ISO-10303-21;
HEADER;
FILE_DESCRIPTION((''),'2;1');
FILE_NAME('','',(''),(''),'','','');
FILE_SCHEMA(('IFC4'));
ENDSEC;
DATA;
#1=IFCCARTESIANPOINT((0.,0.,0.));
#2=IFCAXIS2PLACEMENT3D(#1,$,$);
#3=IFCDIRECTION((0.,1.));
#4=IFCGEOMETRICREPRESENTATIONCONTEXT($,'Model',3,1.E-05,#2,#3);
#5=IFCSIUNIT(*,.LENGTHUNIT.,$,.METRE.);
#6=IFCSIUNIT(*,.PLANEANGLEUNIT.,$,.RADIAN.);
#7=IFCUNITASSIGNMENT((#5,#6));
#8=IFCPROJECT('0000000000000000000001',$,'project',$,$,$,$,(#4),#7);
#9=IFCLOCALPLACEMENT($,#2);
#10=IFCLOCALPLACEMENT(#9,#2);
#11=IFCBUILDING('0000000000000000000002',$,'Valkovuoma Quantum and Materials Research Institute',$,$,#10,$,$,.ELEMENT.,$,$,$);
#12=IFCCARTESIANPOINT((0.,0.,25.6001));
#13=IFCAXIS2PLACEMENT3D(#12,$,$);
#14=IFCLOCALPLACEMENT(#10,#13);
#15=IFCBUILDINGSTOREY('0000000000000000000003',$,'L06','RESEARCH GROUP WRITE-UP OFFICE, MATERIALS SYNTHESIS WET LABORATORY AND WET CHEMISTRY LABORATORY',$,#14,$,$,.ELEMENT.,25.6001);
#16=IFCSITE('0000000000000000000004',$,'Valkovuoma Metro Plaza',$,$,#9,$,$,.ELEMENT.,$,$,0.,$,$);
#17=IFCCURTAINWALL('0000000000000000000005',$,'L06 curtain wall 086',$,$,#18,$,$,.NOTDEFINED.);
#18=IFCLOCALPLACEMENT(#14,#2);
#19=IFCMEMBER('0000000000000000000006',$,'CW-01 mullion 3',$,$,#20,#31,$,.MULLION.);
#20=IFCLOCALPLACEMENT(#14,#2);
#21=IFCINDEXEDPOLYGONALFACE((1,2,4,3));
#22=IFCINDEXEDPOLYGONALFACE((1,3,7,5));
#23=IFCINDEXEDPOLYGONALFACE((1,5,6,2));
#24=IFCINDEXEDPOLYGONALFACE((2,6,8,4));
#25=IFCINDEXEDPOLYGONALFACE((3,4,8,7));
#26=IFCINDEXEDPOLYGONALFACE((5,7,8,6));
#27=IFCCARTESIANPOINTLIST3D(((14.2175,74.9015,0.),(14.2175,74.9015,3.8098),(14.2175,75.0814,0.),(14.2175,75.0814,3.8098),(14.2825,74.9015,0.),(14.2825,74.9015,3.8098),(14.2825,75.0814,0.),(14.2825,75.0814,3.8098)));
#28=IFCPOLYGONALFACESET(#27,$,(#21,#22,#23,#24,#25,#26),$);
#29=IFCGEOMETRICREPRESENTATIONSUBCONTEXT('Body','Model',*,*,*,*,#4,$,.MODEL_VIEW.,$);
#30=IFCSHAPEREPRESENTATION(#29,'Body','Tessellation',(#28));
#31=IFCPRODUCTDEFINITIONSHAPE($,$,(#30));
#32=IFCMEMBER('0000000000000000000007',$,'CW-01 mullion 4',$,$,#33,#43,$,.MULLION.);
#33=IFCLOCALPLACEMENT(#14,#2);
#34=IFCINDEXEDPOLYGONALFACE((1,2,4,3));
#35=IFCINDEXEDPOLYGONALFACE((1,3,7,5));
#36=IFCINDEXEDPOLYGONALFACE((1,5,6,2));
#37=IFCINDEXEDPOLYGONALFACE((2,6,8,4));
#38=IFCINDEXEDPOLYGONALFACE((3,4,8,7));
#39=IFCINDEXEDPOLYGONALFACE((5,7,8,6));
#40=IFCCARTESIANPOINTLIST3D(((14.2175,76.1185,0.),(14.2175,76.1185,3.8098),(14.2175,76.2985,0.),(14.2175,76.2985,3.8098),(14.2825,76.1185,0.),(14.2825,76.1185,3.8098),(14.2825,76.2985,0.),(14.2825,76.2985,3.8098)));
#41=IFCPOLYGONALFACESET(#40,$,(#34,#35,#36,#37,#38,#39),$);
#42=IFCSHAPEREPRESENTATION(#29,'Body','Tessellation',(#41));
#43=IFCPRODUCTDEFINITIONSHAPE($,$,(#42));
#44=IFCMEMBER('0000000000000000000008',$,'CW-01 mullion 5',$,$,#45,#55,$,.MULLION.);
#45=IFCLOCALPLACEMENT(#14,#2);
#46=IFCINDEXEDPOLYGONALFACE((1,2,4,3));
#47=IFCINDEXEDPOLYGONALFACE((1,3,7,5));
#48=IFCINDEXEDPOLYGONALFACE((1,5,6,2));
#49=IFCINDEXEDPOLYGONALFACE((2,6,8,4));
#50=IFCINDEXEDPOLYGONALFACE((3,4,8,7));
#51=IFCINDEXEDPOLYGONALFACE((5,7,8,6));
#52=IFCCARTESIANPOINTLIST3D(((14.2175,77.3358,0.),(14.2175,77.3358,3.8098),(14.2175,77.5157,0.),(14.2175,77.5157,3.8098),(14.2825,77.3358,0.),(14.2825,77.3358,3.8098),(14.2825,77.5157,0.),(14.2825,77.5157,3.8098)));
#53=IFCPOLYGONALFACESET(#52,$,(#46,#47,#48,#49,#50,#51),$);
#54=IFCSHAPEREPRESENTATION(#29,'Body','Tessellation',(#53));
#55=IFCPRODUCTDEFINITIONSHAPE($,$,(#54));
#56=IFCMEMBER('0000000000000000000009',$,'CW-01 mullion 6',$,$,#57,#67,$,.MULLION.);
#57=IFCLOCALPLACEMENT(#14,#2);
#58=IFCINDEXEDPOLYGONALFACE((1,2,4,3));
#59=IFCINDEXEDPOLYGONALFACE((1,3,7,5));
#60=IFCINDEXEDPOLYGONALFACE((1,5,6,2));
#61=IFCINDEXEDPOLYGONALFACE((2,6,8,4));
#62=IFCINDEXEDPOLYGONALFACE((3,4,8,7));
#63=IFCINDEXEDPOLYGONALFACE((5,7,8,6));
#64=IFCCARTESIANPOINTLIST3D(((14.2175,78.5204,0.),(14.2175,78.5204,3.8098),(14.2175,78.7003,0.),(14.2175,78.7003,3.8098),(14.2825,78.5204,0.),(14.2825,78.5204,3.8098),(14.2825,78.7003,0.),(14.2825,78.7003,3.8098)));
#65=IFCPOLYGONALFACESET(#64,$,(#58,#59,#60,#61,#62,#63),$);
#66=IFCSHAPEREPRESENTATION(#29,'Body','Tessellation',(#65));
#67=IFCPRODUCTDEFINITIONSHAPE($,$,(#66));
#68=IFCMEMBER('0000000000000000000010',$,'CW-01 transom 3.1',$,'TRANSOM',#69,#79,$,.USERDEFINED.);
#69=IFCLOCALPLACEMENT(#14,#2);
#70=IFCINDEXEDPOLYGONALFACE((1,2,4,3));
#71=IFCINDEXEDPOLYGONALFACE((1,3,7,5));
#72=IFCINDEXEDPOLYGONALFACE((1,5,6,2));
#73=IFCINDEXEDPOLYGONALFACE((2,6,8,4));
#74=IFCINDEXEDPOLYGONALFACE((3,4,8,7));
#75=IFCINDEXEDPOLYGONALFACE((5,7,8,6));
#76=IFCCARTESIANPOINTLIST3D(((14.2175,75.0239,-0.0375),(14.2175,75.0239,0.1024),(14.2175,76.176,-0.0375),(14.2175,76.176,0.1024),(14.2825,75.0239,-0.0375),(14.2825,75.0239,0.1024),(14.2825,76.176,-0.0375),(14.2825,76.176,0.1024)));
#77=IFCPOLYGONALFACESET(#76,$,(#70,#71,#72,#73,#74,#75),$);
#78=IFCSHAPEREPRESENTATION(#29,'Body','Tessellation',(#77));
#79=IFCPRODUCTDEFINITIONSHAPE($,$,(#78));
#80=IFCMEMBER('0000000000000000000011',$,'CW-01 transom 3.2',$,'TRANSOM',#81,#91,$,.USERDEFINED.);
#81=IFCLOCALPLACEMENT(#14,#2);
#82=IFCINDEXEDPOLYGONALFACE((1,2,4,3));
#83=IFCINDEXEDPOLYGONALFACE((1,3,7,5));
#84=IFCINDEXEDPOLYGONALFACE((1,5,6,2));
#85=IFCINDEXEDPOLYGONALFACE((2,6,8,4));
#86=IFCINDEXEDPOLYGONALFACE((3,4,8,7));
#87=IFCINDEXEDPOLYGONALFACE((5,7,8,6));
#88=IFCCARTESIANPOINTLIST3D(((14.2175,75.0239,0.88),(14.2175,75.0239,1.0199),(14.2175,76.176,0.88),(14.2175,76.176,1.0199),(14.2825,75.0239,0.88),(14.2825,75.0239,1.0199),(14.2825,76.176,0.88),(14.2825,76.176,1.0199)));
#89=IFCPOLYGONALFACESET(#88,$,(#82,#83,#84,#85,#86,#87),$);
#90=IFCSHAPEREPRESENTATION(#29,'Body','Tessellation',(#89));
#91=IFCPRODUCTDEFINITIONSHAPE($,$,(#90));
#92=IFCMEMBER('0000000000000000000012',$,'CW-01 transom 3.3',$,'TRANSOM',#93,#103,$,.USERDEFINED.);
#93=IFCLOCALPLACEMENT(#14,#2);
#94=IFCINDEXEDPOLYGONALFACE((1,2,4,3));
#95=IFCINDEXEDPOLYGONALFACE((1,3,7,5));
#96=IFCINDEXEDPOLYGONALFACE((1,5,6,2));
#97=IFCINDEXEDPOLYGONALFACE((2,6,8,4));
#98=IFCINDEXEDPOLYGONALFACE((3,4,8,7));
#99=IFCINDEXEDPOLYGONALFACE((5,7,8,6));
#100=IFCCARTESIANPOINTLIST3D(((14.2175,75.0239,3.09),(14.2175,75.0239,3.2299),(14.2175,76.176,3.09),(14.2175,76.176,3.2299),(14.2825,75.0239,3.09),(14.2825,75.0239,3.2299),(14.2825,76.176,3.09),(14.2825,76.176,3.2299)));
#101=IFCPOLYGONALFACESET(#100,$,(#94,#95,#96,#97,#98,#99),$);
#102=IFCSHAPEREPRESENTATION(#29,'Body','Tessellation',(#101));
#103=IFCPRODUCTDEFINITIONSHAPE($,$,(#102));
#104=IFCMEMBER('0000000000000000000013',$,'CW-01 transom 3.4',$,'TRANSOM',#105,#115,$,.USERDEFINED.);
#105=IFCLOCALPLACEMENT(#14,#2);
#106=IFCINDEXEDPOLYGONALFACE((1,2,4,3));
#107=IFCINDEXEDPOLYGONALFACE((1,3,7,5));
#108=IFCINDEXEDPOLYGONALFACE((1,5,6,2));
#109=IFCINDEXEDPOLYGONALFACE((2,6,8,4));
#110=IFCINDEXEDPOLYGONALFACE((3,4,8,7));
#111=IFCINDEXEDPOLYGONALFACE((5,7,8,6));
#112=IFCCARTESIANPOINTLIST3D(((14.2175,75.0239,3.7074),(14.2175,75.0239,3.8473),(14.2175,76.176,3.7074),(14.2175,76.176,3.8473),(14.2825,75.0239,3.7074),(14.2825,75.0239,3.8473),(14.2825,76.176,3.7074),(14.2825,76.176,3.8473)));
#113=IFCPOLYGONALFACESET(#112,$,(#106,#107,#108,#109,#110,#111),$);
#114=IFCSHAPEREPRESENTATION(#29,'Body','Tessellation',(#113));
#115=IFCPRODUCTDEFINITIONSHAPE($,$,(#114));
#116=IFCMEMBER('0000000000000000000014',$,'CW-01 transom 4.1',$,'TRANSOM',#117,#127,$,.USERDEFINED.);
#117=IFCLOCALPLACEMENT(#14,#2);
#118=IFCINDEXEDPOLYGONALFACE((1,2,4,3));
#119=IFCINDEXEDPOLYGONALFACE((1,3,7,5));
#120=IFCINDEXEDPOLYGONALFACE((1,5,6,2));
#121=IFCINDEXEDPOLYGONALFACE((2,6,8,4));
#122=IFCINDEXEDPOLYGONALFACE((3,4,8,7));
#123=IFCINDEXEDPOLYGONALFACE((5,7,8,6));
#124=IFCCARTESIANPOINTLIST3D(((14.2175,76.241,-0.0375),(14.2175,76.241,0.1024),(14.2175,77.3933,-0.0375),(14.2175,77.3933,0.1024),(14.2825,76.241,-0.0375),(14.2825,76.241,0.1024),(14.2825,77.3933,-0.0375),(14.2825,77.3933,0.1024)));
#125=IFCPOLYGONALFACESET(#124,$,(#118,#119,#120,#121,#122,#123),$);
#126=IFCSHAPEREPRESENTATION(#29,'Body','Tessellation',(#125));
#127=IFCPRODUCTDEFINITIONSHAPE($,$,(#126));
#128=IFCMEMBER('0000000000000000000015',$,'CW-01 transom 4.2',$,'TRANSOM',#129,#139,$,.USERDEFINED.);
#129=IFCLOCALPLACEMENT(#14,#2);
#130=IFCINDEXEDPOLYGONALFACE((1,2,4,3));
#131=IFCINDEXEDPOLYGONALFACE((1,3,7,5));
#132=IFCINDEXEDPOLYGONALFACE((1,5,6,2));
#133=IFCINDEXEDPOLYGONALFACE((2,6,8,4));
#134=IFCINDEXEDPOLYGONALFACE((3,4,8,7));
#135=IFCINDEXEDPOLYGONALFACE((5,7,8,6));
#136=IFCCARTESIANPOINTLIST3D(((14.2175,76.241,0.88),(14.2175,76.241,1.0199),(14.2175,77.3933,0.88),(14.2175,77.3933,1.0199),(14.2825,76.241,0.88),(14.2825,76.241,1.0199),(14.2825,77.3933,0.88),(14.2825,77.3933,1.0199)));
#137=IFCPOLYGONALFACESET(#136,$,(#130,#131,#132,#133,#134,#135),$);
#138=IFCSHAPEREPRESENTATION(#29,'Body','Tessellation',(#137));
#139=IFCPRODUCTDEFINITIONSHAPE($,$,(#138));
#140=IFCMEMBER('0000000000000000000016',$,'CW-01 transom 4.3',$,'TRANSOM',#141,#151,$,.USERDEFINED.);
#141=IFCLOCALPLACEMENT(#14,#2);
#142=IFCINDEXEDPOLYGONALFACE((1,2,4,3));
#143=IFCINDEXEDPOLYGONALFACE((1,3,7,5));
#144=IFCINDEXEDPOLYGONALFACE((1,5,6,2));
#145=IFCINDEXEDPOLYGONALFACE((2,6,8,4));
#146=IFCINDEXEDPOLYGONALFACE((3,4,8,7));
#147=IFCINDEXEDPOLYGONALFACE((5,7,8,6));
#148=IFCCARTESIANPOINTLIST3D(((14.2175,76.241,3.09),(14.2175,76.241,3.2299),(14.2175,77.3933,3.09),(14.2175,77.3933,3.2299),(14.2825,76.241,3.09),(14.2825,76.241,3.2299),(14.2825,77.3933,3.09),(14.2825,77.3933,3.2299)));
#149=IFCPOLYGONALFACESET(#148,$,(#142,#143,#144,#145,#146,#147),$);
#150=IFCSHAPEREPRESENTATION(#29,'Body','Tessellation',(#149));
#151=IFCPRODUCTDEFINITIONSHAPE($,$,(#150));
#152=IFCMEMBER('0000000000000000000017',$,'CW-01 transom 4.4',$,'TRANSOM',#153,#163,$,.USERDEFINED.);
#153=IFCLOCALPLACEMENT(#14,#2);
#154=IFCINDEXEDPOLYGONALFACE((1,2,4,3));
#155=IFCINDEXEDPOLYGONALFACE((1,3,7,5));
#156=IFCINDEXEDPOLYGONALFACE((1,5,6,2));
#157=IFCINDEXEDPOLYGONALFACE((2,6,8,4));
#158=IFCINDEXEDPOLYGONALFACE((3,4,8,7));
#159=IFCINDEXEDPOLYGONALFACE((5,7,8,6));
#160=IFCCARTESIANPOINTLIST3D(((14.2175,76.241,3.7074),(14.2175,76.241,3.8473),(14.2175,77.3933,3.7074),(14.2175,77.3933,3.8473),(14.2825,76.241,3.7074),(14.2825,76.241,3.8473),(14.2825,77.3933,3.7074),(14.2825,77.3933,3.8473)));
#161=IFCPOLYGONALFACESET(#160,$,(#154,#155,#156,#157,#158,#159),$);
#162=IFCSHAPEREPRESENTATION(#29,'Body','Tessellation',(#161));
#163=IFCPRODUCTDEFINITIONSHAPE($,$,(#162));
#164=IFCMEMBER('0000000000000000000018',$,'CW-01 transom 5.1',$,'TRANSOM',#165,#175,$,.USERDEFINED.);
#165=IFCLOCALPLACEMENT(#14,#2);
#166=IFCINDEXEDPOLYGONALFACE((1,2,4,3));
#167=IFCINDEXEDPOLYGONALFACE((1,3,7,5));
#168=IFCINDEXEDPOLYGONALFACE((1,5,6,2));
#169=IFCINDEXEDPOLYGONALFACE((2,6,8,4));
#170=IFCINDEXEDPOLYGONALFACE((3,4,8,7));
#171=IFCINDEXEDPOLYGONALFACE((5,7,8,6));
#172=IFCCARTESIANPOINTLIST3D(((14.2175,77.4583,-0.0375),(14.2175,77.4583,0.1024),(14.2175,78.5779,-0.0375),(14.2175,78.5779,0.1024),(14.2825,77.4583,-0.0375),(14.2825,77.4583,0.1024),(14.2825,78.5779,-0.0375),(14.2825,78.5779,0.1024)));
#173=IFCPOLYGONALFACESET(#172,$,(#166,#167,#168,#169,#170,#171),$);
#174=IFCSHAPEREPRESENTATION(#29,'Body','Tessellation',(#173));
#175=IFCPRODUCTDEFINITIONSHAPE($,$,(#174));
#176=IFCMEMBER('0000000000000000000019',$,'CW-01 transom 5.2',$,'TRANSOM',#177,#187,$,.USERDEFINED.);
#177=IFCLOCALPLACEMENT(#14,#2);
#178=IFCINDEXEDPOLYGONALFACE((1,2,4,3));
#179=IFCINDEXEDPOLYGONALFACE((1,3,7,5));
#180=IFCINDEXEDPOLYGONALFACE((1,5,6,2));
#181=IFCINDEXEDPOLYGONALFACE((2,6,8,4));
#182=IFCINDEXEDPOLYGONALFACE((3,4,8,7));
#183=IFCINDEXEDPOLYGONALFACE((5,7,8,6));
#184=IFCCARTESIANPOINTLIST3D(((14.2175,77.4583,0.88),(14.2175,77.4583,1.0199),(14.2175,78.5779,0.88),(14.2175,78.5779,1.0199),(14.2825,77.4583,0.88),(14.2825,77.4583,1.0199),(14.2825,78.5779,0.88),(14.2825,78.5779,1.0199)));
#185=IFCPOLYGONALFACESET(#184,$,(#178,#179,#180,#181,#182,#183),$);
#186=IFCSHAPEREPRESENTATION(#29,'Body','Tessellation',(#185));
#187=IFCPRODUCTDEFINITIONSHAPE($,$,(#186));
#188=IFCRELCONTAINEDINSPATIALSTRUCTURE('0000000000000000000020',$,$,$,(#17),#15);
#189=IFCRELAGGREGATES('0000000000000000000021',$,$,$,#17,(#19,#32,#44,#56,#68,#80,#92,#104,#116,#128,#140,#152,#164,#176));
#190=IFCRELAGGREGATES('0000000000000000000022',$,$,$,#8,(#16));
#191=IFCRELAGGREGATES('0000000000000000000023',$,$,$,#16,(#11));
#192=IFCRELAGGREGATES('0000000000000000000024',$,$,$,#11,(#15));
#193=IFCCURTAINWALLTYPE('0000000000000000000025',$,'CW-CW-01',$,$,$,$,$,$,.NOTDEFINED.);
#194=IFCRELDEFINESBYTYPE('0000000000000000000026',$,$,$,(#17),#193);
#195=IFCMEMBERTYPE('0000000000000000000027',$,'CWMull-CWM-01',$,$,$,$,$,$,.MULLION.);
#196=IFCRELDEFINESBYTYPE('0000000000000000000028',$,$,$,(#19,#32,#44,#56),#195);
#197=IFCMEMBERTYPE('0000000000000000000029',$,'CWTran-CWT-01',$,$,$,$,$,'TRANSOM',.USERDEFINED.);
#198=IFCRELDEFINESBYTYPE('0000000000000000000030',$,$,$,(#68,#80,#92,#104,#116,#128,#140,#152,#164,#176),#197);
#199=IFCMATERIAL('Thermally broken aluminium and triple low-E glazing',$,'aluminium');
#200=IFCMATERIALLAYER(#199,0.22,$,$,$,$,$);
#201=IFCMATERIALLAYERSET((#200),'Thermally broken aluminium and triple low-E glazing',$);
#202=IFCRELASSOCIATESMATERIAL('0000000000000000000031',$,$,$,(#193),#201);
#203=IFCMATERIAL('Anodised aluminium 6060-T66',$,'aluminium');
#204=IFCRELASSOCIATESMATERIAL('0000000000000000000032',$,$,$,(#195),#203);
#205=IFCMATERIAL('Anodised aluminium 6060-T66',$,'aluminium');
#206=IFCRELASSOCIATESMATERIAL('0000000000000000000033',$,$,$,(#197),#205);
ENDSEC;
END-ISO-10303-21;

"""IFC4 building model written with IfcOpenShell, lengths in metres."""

from ifc_helpers import new_model, si_unit, direction, frame, origin, origin_2d, place, context, subcontext, project, spatial, rectangle, extrude, material, layer, layer_set, material_profile, profile_set, type_object, element, aggregate, save


model = new_model("IFC4")

# Units and contexts
model_context = context("Model", 3, precision=1e-05, world=origin(), true_north=direction((0.0, 1.0)))
body_context = subcontext(model_context, "Body", "Model", "MODEL_VIEW")
ifc_project = project(units=[si_unit("LENGTHUNIT", "METRE"), si_unit("PLANEANGLEUNIT", "RADIAN")], contexts=[model_context])

# Site, building, storey
site_placement = place(None, origin())
site = spatial("IfcSite", under=ifc_project, at=site_placement, Name="Valkovuoma Metro Plaza", CompositionType="ELEMENT", RefElevation=0.0)
building_placement = place(site_placement, origin())
building = spatial("IfcBuilding", under=site, at=building_placement, Name="Valkovuoma Quantum and Materials Research Institute", CompositionType="ELEMENT")
storey_placement = place(building_placement, frame((0.0, 0.0, 25.6001)))
storey = spatial("IfcBuildingStorey", under=building, at=storey_placement, Name="L06", Description="RESEARCH GROUP WRITE-UP OFFICE, MATERIALS SYNTHESIS WET LABORATORY AND WET CHEMISTRY LABORATORY", CompositionType="ELEMENT", Elevation=25.6001)

# Curtain wall, members
ifc_material_1 = material(Name="Thermally broken aluminium and triple low-E glazing", Category="aluminium")
ifc_layer_1 = layer(ifc_material_1, 0.22)
ifc_layer_set_1 = layer_set([ifc_layer_1], Name="Thermally broken aluminium and triple low-E glazing")
curtain_wall_type = type_object("IfcCurtainWallType", Name="CW-CW-01", PredefinedType="NOTDEFINED", material=ifc_layer_set_1)
curtain_wall_placement = place(storey_placement, origin())
curtain_wall = element("IfcCurtainWall", 1, at=curtain_wall_placement, inside=storey, type_object=curtain_wall_type, Name="L06 curtain wall 086", PredefinedType="NOTDEFINED")
ifc_material_2 = material(Name="Anodised aluminium 6060-T66", Category="aluminium")
ifc_material_profile_1 = material_profile(ifc_material_2, rectangle(XDim=0.0649, YDim=0.1799, at=origin_2d()), Name="Anodised aluminium 6060-T66")
ifc_profile_set_1 = profile_set([ifc_material_profile_1], Name="Anodised aluminium 6060-T66")
member_type_1 = type_object("IfcMemberType", Name="CWMull-CWM-01", PredefinedType="MULLION", material=ifc_profile_set_1)
member_1_placement = place(storey_placement, frame((14.25, 74.9915, 0.0), z_axis=(0.0, 0.0, 1.0), x_axis=(-1.0, 0.0, 0.0)))
member_1 = element("IfcMember", 2, at=member_1_placement, type_object=member_type_1, Name="CW-01 mullion 3", PredefinedType="MULLION", context=body_context, shape_type="SweptSolid", body=[
    extrude(rectangle(XDim=0.0649, YDim=0.1799, at=origin_2d()), origin(), (0.0, 0.0, 1.0), 3.8098),
])
member_2_placement = place(storey_placement, frame((14.25, 76.2085, 0.0), z_axis=(0.0, 0.0, 1.0), x_axis=(-1.0, 0.0, 0.0)))
member_2 = element("IfcMember", 3, at=member_2_placement, type_object=member_type_1, Name="CW-01 mullion 4", PredefinedType="MULLION", context=body_context, shape_type="SweptSolid", body=[
    extrude(rectangle(XDim=0.0649, YDim=0.1799, at=origin_2d()), origin(), (0.0, 0.0, 1.0), 3.8098),
])
member_3_placement = place(storey_placement, frame((14.25, 77.4258, 0.0), z_axis=(0.0, 0.0, 1.0), x_axis=(-1.0, 0.0, 0.0)))
member_3 = element("IfcMember", 4, at=member_3_placement, type_object=member_type_1, Name="CW-01 mullion 5", PredefinedType="MULLION", context=body_context, shape_type="SweptSolid", body=[
    extrude(rectangle(XDim=0.0649, YDim=0.1799, at=origin_2d()), origin(), (0.0, 0.0, 1.0), 3.8098),
])
member_4_placement = place(storey_placement, frame((14.25, 78.6104, 0.0), z_axis=(0.0, 0.0, 1.0), x_axis=(-1.0, 0.0, 0.0)))
member_4 = element("IfcMember", 5, at=member_4_placement, type_object=member_type_1, Name="CW-01 mullion 6", PredefinedType="MULLION", context=body_context, shape_type="SweptSolid", body=[
    extrude(rectangle(XDim=0.0649, YDim=0.1799, at=origin_2d()), origin(), (0.0, 0.0, 1.0), 3.8098),
])
ifc_material_3 = material(Name="Anodised aluminium 6060-T66", Category="aluminium")
ifc_material_profile_2 = material_profile(ifc_material_3, rectangle(XDim=0.0649, YDim=0.1399, at=origin_2d()), Name="Anodised aluminium 6060-T66")
ifc_profile_set_2 = profile_set([ifc_material_profile_2], Name="Anodised aluminium 6060-T66")
member_type_2 = type_object("IfcMemberType", Name="CWTran-CWT-01", ElementType="TRANSOM", PredefinedType="USERDEFINED", material=ifc_profile_set_2)
member_5_placement = place(storey_placement, frame((14.25, 75.0239, 0.0325), z_axis=(0.0, 1.0, 0.0), x_axis=(-1.0, 0.0, 0.0)))
member_5 = element("IfcMember", 6, at=member_5_placement, type_object=member_type_2, Name="CW-01 transom 3.1", ObjectType="TRANSOM", PredefinedType="USERDEFINED", context=body_context, shape_type="SweptSolid", body=[
    extrude(rectangle(XDim=0.0649, YDim=0.1399, at=origin_2d()), origin(), (0.0, 0.0, 1.0), 1.1521),
])
member_6_placement = place(storey_placement, frame((14.25, 75.0239, 0.95), z_axis=(0.0, 1.0, 0.0), x_axis=(-1.0, 0.0, 0.0)))
member_6 = element("IfcMember", 7, at=member_6_placement, type_object=member_type_2, Name="CW-01 transom 3.2", ObjectType="TRANSOM", PredefinedType="USERDEFINED", context=body_context, shape_type="SweptSolid", body=[
    extrude(rectangle(XDim=0.0649, YDim=0.1399, at=origin_2d()), origin(), (0.0, 0.0, 1.0), 1.1521),
])
member_7_placement = place(storey_placement, frame((14.25, 75.0239, 3.1599), z_axis=(0.0, 1.0, 0.0), x_axis=(-1.0, 0.0, 0.0)))
member_7 = element("IfcMember", 8, at=member_7_placement, type_object=member_type_2, Name="CW-01 transom 3.3", ObjectType="TRANSOM", PredefinedType="USERDEFINED", context=body_context, shape_type="SweptSolid", body=[
    extrude(rectangle(XDim=0.0649, YDim=0.1399, at=origin_2d()), origin(), (0.0, 0.0, 1.0), 1.1521),
])
member_8_placement = place(storey_placement, frame((14.25, 75.0239, 3.7773), z_axis=(0.0, 1.0, 0.0), x_axis=(-1.0, 0.0, 0.0)))
member_8 = element("IfcMember", 9, at=member_8_placement, type_object=member_type_2, Name="CW-01 transom 3.4", ObjectType="TRANSOM", PredefinedType="USERDEFINED", context=body_context, shape_type="SweptSolid", body=[
    extrude(rectangle(XDim=0.0649, YDim=0.1399, at=origin_2d()), origin(), (0.0, 0.0, 1.0), 1.1521),
])
member_9_placement = place(storey_placement, frame((14.25, 76.241, 0.0325), z_axis=(0.0, 1.0, 0.0), x_axis=(-1.0, 0.0, 0.0)))
member_9 = element("IfcMember", 10, at=member_9_placement, type_object=member_type_2, Name="CW-01 transom 4.1", ObjectType="TRANSOM", PredefinedType="USERDEFINED", context=body_context, shape_type="SweptSolid", body=[
    extrude(rectangle(XDim=0.0649, YDim=0.1399, at=origin_2d()), origin(), (0.0, 0.0, 1.0), 1.1523),
])
member_10_placement = place(storey_placement, frame((14.25, 76.241, 0.95), z_axis=(0.0, 1.0, 0.0), x_axis=(-1.0, 0.0, 0.0)))
member_10 = element("IfcMember", 11, at=member_10_placement, type_object=member_type_2, Name="CW-01 transom 4.2", ObjectType="TRANSOM", PredefinedType="USERDEFINED", context=body_context, shape_type="SweptSolid", body=[
    extrude(rectangle(XDim=0.0649, YDim=0.1399, at=origin_2d()), origin(), (0.0, 0.0, 1.0), 1.1523),
])
member_11_placement = place(storey_placement, frame((14.25, 76.241, 3.1599), z_axis=(0.0, 1.0, 0.0), x_axis=(-1.0, 0.0, 0.0)))
member_11 = element("IfcMember", 12, at=member_11_placement, type_object=member_type_2, Name="CW-01 transom 4.3", ObjectType="TRANSOM", PredefinedType="USERDEFINED", context=body_context, shape_type="SweptSolid", body=[
    extrude(rectangle(XDim=0.0649, YDim=0.1399, at=origin_2d()), origin(), (0.0, 0.0, 1.0), 1.1523),
])
member_12_placement = place(storey_placement, frame((14.25, 76.241, 3.7773), z_axis=(0.0, 1.0, 0.0), x_axis=(-1.0, 0.0, 0.0)))
member_12 = element("IfcMember", 13, at=member_12_placement, type_object=member_type_2, Name="CW-01 transom 4.4", ObjectType="TRANSOM", PredefinedType="USERDEFINED", context=body_context, shape_type="SweptSolid", body=[
    extrude(rectangle(XDim=0.0649, YDim=0.1399, at=origin_2d()), origin(), (0.0, 0.0, 1.0), 1.1523),
])
member_13_placement = place(storey_placement, frame((14.25, 77.4583, 0.0325), z_axis=(0.0, 1.0, 0.0), x_axis=(-1.0, 0.0, 0.0)))
member_13 = element("IfcMember", 14, at=member_13_placement, type_object=member_type_2, Name="CW-01 transom 5.1", ObjectType="TRANSOM", PredefinedType="USERDEFINED", context=body_context, shape_type="SweptSolid", body=[
    extrude(rectangle(XDim=0.0649, YDim=0.1399, at=origin_2d()), origin(), (0.0, 0.0, 1.0), 1.1196),
])
member_14_placement = place(storey_placement, frame((14.25, 77.4583, 0.95), z_axis=(0.0, 1.0, 0.0), x_axis=(-1.0, 0.0, 0.0)))
member_14 = element("IfcMember", 15, at=member_14_placement, type_object=member_type_2, Name="CW-01 transom 5.2", ObjectType="TRANSOM", PredefinedType="USERDEFINED", context=body_context, shape_type="SweptSolid", body=[
    extrude(rectangle(XDim=0.0649, YDim=0.1399, at=origin_2d()), origin(), (0.0, 0.0, 1.0), 1.1196),
])
aggregate(curtain_wall, [member_1, member_2, member_3, member_4, member_5, member_6, member_7, member_8, member_9, member_10, member_11, member_12, member_13, member_14])

save(model, "model.ifc")
